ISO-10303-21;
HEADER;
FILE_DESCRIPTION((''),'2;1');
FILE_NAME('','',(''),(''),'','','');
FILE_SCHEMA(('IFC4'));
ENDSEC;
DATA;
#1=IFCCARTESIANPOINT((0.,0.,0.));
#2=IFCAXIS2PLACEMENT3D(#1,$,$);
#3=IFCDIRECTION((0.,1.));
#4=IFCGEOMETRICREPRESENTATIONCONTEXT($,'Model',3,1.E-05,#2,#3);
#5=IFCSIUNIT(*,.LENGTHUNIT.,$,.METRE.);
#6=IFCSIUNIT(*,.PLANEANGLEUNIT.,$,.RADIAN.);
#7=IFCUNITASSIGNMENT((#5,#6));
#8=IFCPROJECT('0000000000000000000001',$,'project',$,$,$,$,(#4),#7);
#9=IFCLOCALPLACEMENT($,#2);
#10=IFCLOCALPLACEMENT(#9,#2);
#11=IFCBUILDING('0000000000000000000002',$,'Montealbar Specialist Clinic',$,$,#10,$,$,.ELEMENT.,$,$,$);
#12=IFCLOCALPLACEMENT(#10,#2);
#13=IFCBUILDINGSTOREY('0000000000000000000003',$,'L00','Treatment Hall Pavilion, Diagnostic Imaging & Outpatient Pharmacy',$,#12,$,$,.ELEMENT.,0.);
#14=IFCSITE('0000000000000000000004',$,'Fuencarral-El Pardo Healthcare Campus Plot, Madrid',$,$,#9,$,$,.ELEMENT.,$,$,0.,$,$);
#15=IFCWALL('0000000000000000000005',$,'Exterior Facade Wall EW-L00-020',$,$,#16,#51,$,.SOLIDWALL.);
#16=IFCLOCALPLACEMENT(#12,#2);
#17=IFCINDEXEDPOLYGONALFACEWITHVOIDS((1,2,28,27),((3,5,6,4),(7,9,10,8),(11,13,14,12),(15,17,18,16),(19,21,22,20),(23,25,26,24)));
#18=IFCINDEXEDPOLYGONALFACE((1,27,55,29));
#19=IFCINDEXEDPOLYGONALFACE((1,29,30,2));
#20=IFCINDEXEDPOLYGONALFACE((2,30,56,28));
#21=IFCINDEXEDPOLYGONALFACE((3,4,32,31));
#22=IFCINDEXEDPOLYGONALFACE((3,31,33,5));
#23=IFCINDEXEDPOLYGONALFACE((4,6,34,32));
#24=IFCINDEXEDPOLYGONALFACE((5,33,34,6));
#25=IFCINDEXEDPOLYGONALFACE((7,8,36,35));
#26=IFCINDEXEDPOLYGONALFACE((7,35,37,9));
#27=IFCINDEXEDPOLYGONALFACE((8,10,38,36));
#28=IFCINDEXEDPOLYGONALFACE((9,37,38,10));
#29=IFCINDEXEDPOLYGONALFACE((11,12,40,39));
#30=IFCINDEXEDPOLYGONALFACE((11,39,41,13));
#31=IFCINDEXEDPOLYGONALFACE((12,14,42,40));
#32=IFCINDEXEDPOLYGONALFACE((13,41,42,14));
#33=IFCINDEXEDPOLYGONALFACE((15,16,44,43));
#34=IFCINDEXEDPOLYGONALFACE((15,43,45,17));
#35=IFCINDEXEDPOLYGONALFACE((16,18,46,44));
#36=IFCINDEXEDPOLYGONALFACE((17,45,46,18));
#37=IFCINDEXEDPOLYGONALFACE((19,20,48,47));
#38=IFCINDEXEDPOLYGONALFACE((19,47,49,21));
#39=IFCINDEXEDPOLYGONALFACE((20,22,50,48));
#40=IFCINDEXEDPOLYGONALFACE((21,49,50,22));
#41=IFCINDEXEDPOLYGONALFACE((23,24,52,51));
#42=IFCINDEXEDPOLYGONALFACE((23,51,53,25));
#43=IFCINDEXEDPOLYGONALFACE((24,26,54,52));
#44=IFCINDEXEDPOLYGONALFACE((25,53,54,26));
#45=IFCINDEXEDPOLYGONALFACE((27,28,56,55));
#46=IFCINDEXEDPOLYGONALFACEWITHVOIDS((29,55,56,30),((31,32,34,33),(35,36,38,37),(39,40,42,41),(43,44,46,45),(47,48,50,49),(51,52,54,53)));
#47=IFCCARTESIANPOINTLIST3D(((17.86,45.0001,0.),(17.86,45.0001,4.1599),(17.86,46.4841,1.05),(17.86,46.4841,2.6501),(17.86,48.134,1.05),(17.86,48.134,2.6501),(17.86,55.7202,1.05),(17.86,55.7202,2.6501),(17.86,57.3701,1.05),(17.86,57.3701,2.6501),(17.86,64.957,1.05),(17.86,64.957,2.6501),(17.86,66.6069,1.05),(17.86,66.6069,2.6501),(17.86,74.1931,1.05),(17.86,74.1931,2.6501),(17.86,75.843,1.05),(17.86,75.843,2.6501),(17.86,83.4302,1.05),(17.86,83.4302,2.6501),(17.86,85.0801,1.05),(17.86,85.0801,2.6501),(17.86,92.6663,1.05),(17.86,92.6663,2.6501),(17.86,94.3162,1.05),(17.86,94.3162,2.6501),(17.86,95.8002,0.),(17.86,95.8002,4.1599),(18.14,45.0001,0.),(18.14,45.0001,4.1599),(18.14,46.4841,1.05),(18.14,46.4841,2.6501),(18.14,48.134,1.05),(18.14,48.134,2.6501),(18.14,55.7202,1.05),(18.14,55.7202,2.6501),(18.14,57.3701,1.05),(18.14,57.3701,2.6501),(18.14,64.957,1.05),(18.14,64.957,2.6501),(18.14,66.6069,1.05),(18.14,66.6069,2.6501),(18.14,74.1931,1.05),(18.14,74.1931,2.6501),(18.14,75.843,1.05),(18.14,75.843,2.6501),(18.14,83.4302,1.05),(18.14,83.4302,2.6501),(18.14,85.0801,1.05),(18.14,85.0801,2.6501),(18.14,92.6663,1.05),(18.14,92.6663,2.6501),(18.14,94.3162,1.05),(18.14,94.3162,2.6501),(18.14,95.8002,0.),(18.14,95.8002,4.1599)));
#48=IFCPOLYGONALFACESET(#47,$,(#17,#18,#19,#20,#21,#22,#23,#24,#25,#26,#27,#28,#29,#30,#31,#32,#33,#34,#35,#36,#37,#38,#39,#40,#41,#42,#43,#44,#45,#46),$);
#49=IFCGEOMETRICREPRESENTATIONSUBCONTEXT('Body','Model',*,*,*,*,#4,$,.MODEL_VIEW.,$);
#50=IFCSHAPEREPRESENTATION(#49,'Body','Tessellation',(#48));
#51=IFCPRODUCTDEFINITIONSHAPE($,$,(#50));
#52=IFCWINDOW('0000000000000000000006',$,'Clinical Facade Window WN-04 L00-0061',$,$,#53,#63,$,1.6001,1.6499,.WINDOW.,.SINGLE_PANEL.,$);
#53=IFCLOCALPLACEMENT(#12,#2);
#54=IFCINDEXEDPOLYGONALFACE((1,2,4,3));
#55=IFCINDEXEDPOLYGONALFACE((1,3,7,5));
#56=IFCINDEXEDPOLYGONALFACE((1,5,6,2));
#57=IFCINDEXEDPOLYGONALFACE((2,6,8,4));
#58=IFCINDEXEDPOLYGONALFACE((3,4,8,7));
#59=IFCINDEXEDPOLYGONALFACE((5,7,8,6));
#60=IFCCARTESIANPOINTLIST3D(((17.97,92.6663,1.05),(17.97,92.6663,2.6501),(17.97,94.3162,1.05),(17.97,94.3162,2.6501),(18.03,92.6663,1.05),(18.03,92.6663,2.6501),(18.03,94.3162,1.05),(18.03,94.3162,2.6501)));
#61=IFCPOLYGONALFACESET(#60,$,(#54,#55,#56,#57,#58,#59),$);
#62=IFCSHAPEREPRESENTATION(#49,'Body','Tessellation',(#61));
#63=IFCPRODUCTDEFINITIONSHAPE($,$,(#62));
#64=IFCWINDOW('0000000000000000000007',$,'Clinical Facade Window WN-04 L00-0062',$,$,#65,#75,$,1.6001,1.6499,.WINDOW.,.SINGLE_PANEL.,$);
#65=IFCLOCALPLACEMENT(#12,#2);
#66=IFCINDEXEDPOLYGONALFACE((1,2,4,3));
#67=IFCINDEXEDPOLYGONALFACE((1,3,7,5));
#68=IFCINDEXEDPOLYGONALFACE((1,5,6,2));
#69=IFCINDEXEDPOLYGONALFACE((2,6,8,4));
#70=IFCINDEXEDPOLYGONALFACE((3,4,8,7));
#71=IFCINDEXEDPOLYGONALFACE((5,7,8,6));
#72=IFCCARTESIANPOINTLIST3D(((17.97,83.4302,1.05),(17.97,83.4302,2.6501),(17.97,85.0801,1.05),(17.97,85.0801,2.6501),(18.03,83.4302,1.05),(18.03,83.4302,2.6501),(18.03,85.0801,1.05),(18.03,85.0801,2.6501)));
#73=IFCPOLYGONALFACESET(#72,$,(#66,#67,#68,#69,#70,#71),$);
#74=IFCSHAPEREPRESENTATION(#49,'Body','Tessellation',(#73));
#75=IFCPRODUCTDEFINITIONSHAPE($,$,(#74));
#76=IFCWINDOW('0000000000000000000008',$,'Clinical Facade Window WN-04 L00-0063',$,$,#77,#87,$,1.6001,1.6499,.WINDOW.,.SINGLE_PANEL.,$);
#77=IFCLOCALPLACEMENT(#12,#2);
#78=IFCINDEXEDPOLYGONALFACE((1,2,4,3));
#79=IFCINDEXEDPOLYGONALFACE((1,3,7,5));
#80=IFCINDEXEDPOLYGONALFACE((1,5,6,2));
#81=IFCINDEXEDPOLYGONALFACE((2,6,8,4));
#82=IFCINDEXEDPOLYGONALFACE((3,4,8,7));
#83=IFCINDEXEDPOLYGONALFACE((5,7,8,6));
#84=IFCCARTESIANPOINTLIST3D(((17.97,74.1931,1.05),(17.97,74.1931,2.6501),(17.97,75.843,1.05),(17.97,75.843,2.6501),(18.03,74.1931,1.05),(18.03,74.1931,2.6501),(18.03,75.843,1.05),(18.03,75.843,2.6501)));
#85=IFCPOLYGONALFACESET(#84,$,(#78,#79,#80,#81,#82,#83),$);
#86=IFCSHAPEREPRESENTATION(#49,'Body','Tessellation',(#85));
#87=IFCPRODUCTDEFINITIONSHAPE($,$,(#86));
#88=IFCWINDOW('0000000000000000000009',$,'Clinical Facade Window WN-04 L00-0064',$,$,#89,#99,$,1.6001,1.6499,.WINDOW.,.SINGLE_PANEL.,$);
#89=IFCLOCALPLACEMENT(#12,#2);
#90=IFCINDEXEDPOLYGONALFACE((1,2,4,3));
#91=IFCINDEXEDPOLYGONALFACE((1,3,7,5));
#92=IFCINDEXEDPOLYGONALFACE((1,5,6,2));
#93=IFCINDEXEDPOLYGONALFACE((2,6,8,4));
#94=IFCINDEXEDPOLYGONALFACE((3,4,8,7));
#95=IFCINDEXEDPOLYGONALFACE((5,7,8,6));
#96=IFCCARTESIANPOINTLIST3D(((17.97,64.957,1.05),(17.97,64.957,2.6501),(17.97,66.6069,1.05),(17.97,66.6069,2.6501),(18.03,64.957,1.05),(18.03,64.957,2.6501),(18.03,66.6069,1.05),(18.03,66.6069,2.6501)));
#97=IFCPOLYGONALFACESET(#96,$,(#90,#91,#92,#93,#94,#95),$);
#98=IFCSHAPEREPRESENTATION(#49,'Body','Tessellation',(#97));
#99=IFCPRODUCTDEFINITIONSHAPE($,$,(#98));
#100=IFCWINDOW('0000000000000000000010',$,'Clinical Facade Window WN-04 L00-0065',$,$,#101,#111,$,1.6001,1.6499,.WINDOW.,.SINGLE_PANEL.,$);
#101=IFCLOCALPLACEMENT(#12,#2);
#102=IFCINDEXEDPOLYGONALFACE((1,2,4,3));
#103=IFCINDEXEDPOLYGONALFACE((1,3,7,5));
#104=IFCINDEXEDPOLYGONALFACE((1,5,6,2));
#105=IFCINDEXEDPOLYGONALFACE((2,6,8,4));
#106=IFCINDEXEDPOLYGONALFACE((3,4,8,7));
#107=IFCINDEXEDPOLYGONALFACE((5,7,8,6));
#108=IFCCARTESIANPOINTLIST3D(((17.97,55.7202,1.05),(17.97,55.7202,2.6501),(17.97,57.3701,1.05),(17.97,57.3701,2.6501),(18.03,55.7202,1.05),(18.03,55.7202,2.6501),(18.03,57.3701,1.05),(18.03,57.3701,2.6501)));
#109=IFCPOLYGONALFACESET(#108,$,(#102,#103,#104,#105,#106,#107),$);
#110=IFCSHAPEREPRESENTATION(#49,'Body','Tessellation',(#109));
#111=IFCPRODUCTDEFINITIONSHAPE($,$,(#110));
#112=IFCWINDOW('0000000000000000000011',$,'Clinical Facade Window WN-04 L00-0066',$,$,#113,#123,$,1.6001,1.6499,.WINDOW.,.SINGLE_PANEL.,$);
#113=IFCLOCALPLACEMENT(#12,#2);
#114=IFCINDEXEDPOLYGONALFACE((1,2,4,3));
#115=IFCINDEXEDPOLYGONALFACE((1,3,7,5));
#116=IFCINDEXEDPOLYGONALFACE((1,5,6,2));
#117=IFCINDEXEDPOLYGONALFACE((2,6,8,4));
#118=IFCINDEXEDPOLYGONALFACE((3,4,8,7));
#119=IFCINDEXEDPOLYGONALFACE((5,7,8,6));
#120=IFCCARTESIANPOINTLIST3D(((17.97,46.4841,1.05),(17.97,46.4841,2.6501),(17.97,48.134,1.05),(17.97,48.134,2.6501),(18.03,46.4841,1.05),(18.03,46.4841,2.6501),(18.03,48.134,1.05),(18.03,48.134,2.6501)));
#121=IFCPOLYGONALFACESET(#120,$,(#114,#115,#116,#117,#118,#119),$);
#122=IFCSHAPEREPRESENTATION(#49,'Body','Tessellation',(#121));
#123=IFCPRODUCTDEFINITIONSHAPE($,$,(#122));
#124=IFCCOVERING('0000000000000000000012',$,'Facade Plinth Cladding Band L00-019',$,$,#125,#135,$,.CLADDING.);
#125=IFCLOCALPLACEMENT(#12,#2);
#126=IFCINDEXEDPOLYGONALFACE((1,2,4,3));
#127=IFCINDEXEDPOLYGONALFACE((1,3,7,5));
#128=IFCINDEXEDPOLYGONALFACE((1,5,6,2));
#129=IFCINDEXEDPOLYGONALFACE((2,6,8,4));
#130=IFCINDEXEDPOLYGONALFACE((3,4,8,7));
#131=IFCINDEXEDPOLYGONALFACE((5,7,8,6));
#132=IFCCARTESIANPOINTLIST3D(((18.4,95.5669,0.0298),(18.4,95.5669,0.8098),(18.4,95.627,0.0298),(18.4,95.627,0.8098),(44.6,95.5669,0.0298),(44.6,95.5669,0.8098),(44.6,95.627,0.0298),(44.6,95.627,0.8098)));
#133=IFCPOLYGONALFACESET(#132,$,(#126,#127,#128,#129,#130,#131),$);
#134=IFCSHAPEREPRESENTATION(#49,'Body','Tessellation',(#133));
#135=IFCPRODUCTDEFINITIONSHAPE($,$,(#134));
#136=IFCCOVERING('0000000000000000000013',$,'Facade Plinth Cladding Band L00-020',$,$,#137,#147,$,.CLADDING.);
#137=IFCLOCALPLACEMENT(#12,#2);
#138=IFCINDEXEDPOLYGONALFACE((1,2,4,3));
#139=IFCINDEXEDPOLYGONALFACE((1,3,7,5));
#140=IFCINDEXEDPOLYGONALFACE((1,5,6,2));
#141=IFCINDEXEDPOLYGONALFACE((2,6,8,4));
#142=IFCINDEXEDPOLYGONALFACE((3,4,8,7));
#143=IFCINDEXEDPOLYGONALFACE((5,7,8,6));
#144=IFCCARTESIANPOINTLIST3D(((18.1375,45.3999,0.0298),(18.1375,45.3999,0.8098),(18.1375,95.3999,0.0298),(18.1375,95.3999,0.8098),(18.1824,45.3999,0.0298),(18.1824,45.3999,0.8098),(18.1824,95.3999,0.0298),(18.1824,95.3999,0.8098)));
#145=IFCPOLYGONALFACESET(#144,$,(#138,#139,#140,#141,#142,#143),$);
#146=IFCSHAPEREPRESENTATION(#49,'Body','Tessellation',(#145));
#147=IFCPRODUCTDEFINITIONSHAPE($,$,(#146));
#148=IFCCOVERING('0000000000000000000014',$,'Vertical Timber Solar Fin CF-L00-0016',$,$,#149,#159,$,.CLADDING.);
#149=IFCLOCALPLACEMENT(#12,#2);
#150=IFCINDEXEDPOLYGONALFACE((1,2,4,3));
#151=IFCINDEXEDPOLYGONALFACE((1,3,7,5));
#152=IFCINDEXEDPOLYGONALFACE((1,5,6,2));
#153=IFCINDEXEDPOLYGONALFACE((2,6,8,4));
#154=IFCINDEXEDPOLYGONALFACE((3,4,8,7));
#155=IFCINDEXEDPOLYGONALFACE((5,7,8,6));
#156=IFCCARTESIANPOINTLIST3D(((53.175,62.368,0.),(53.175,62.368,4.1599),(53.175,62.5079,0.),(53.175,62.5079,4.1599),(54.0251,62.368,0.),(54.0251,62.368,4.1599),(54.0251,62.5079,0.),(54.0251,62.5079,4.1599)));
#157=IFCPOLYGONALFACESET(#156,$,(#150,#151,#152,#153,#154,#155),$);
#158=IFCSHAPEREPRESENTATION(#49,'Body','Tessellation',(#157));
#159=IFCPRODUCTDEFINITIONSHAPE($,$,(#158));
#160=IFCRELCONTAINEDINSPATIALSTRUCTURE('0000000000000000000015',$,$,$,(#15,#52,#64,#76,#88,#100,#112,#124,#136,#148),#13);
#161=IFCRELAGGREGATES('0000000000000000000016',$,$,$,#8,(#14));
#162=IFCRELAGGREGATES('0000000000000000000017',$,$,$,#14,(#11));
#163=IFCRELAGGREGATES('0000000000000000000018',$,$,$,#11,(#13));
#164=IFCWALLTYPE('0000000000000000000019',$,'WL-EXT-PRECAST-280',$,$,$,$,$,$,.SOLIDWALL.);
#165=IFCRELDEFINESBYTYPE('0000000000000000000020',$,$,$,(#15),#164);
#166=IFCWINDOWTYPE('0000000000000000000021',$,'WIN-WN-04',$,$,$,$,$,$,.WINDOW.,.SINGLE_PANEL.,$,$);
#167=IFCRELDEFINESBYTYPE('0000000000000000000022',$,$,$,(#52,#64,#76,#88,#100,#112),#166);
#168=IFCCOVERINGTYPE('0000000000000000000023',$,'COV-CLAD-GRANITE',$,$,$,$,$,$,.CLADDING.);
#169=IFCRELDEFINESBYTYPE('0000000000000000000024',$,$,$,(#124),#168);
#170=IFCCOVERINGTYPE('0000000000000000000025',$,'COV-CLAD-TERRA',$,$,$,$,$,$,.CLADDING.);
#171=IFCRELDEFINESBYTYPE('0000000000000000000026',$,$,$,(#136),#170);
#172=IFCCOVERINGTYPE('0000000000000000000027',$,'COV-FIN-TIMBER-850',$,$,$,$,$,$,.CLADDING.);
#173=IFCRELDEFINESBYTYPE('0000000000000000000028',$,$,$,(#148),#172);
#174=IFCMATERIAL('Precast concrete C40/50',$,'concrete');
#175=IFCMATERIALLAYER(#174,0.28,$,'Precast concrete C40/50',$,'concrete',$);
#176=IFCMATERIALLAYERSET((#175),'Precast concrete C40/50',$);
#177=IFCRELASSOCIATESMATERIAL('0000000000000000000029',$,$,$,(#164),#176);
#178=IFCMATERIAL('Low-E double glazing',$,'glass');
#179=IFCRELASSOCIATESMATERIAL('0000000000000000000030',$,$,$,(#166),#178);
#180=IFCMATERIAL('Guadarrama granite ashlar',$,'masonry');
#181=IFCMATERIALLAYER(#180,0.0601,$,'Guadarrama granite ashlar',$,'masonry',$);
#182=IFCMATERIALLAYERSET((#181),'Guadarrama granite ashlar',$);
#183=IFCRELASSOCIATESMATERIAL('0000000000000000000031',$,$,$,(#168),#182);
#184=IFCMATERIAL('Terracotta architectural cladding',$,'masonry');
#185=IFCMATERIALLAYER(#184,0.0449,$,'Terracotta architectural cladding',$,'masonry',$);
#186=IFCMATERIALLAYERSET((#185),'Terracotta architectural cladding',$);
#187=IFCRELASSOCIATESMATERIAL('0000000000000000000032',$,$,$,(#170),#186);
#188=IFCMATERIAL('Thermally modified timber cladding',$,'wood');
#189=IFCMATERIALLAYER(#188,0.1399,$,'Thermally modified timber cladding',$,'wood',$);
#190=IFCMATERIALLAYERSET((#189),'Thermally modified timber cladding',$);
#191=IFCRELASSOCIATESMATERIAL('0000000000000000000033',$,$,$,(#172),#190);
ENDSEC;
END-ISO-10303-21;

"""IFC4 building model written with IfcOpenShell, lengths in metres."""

from ifc_helpers import new_model, si_unit, direction, frame, frame_2d, origin, origin_2d, place, context, subcontext, project, spatial, rectangle, extrude, material, layer, layer_set, type_object, element, fill, save


model = new_model("IFC4")

# Units and contexts
model_context = context("Model", 3, precision=1e-05, world=origin(), true_north=direction((0.0, 1.0)))
body_context = subcontext(model_context, "Body", "Model", "MODEL_VIEW")
ifc_project = project(units=[si_unit("LENGTHUNIT", "METRE"), si_unit("PLANEANGLEUNIT", "RADIAN")], contexts=[model_context])

# Site, building, storey
site_placement = place(None, origin())
site = spatial("IfcSite", under=ifc_project, at=site_placement, Name="Fuencarral-El Pardo Healthcare Campus Plot, Madrid", CompositionType="ELEMENT", RefElevation=0.0)
building_placement = place(site_placement, origin())
building = spatial("IfcBuilding", under=site, at=building_placement, Name="Montealbar Specialist Clinic", CompositionType="ELEMENT")
storey_placement = place(building_placement, origin())
storey = spatial("IfcBuildingStorey", under=building, at=storey_placement, Name="L00", Description="Treatment Hall Pavilion, Diagnostic Imaging & Outpatient Pharmacy", CompositionType="ELEMENT", Elevation=0.0)

# Wall, openings, windows
ifc_material_1 = material(Name="Precast concrete C40/50", Category="concrete")
ifc_layer_1 = layer(ifc_material_1, 0.28, Name="Precast concrete C40/50", Category="concrete")
ifc_layer_set_1 = layer_set([ifc_layer_1], Name="Precast concrete C40/50")
wall_type = type_object("IfcWallType", Name="WL-EXT-PRECAST-280", PredefinedType="SOLIDWALL", material=ifc_layer_set_1)
wall_placement = place(storey_placement, frame((18.0, 95.8, 0.0), z_axis=(0.0, 0.0, 1.0), x_axis=(0.0, -1.0, 0.0)))
wall = element("IfcWall", 1, at=wall_placement, inside=storey, type_object=wall_type, Name="Exterior Facade Wall EW-L00-020", PredefinedType="SOLIDWALL", context=body_context, shape_type="SweptSolid", body=[
    extrude(rectangle(XDim=50.8, YDim=0.28, at=frame_2d((25.3999, 0.0))), origin(), (0.0, 0.0, 1.0), 4.1599),
])
opening_1_placement = place(wall_placement, frame((1.4839, 0.0, 1.05)))
opening_1 = element("IfcOpeningElement", 2, at=opening_1_placement, cuts=wall, PredefinedType="OPENING", context=body_context, shape_type="SweptSolid", body=[
    extrude(rectangle(XDim=1.6499, YDim=1.6001, at=frame_2d((0.825, 0.8))), frame((0.0, 0.1499, 0.0), z_axis=(0.0, -1.0, 0.0), x_axis=(1.0, 0.0, 0.0)), (0.0, 0.0, 1.0), 0.3),
])
opening_2_placement = place(wall_placement, frame((10.72, 0.0, 1.05)))
opening_2 = element("IfcOpeningElement", 3, at=opening_2_placement, cuts=wall, PredefinedType="OPENING", context=body_context, shape_type="SweptSolid", body=[
    extrude(rectangle(XDim=1.6499, YDim=1.6001, at=frame_2d((0.825, 0.8))), frame((0.0, 0.1499, 0.0), z_axis=(0.0, -1.0, 0.0), x_axis=(1.0, 0.0, 0.0)), (0.0, 0.0, 1.0), 0.3),
])
opening_3_placement = place(wall_placement, frame((19.957, 0.0, 1.05)))
opening_3 = element("IfcOpeningElement", 4, at=opening_3_placement, cuts=wall, PredefinedType="OPENING", context=body_context, shape_type="SweptSolid", body=[
    extrude(rectangle(XDim=1.6499, YDim=1.6001, at=frame_2d((0.825, 0.8))), frame((0.0, 0.1499, 0.0), z_axis=(0.0, -1.0, 0.0), x_axis=(1.0, 0.0, 0.0)), (0.0, 0.0, 1.0), 0.3),
])
opening_4_placement = place(wall_placement, frame((29.1931, 0.0, 1.05)))
opening_4 = element("IfcOpeningElement", 5, at=opening_4_placement, cuts=wall, PredefinedType="OPENING", context=body_context, shape_type="SweptSolid", body=[
    extrude(rectangle(XDim=1.6499, YDim=1.6001, at=frame_2d((0.825, 0.8))), frame((0.0, 0.1499, 0.0), z_axis=(0.0, -1.0, 0.0), x_axis=(1.0, 0.0, 0.0)), (0.0, 0.0, 1.0), 0.3),
])
opening_5_placement = place(wall_placement, frame((38.4299, 0.0, 1.05)))
opening_5 = element("IfcOpeningElement", 6, at=opening_5_placement, cuts=wall, PredefinedType="OPENING", context=body_context, shape_type="SweptSolid", body=[
    extrude(rectangle(XDim=1.6499, YDim=1.6001, at=frame_2d((0.825, 0.8))), frame((0.0, 0.1499, 0.0), z_axis=(0.0, -1.0, 0.0), x_axis=(1.0, 0.0, 0.0)), (0.0, 0.0, 1.0), 0.3),
])
opening_6_placement = place(wall_placement, frame((47.666, 0.0, 1.05)))
opening_6 = element("IfcOpeningElement", 7, at=opening_6_placement, cuts=wall, PredefinedType="OPENING", context=body_context, shape_type="SweptSolid", body=[
    extrude(rectangle(XDim=1.6499, YDim=1.6001, at=frame_2d((0.825, 0.8))), frame((0.0, 0.1499, 0.0), z_axis=(0.0, -1.0, 0.0), x_axis=(1.0, 0.0, 0.0)), (0.0, 0.0, 1.0), 0.3),
])
ifc_material_2 = material(Name="Low-E double glazing", Category="glass")
window_type = type_object("IfcWindowType", Name="WIN-WN-04", PartitioningType="SINGLE_PANEL", PredefinedType="WINDOW", material=ifc_material_2)
window_1_placement = place(opening_1_placement, origin())
window_1 = element("IfcWindow", 8, at=window_1_placement, inside=storey, type_object=window_type, Name="Clinical Facade Window WN-04 L00-0061", OverallHeight=1.6001, OverallWidth=1.6499, PartitioningType="SINGLE_PANEL", PredefinedType="WINDOW", context=body_context, shape_type="SweptSolid", body=[
    extrude(rectangle(XDim=1.6499, YDim=1.6001, at=frame_2d((0.825, 0.8))), frame((0.0, 0.03, 0.0), z_axis=(0.0, -1.0, 0.0), x_axis=(1.0, 0.0, 0.0)), (0.0, 0.0, 1.0), 0.0601),
])
fill(opening_1, window_1)
window_2_placement = place(opening_2_placement, origin())
window_2 = element("IfcWindow", 9, at=window_2_placement, inside=storey, type_object=window_type, Name="Clinical Facade Window WN-04 L00-0062", OverallHeight=1.6001, OverallWidth=1.6499, PartitioningType="SINGLE_PANEL", PredefinedType="WINDOW", context=body_context, shape_type="SweptSolid", body=[
    extrude(rectangle(XDim=1.6499, YDim=1.6001, at=frame_2d((0.825, 0.8))), frame((0.0, 0.03, 0.0), z_axis=(0.0, -1.0, 0.0), x_axis=(1.0, 0.0, 0.0)), (0.0, 0.0, 1.0), 0.0601),
])
fill(opening_2, window_2)
window_3_placement = place(opening_3_placement, origin())
window_3 = element("IfcWindow", 10, at=window_3_placement, inside=storey, type_object=window_type, Name="Clinical Facade Window WN-04 L00-0063", OverallHeight=1.6001, OverallWidth=1.6499, PartitioningType="SINGLE_PANEL", PredefinedType="WINDOW", context=body_context, shape_type="SweptSolid", body=[
    extrude(rectangle(XDim=1.6499, YDim=1.6001, at=frame_2d((0.825, 0.8))), frame((0.0, 0.03, 0.0), z_axis=(0.0, -1.0, 0.0), x_axis=(1.0, 0.0, 0.0)), (0.0, 0.0, 1.0), 0.0601),
])
fill(opening_3, window_3)
window_4_placement = place(opening_4_placement, origin())
window_4 = element("IfcWindow", 11, at=window_4_placement, inside=storey, type_object=window_type, Name="Clinical Facade Window WN-04 L00-0064", OverallHeight=1.6001, OverallWidth=1.6499, PartitioningType="SINGLE_PANEL", PredefinedType="WINDOW", context=body_context, shape_type="SweptSolid", body=[
    extrude(rectangle(XDim=1.6499, YDim=1.6001, at=frame_2d((0.825, 0.8))), frame((0.0, 0.03, 0.0), z_axis=(0.0, -1.0, 0.0), x_axis=(1.0, 0.0, 0.0)), (0.0, 0.0, 1.0), 0.0601),
])
fill(opening_4, window_4)
window_5_placement = place(opening_5_placement, origin())
window_5 = element("IfcWindow", 12, at=window_5_placement, inside=storey, type_object=window_type, Name="Clinical Facade Window WN-04 L00-0065", OverallHeight=1.6001, OverallWidth=1.6499, PartitioningType="SINGLE_PANEL", PredefinedType="WINDOW", context=body_context, shape_type="SweptSolid", body=[
    extrude(rectangle(XDim=1.6499, YDim=1.6001, at=frame_2d((0.825, 0.8))), frame((0.0, 0.03, 0.0), z_axis=(0.0, -1.0, 0.0), x_axis=(1.0, 0.0, 0.0)), (0.0, 0.0, 1.0), 0.0601),
])
fill(opening_5, window_5)
window_6_placement = place(opening_6_placement, origin())
window_6 = element("IfcWindow", 13, at=window_6_placement, inside=storey, type_object=window_type, Name="Clinical Facade Window WN-04 L00-0066", OverallHeight=1.6001, OverallWidth=1.6499, PartitioningType="SINGLE_PANEL", PredefinedType="WINDOW", context=body_context, shape_type="SweptSolid", body=[
    extrude(rectangle(XDim=1.6499, YDim=1.6001, at=frame_2d((0.825, 0.8))), frame((0.0, 0.03, 0.0), z_axis=(0.0, -1.0, 0.0), x_axis=(1.0, 0.0, 0.0)), (0.0, 0.0, 1.0), 0.0601),
])
fill(opening_6, window_6)

# Coverings
ifc_material_3 = material(Name="Guadarrama granite ashlar", Category="masonry")
ifc_layer_2 = layer(ifc_material_3, 0.0601, Name="Guadarrama granite ashlar", Category="masonry")
ifc_layer_set_2 = layer_set([ifc_layer_2], Name="Guadarrama granite ashlar")
covering_type_1 = type_object("IfcCoveringType", Name="COV-CLAD-GRANITE", PredefinedType="CLADDING", material=ifc_layer_set_2)
covering_1_placement = place(storey_placement, frame((31.5, 95.5969, 0.0298), z_axis=(0.0, 0.0, 1.0), x_axis=(-1.0, 0.0, 0.0)))
element("IfcCovering", 14, at=covering_1_placement, inside=storey, type_object=covering_type_1, Name="Facade Plinth Cladding Band L00-019", PredefinedType="CLADDING", context=body_context, shape_type="SweptSolid", body=[
    extrude(rectangle(XDim=26.2, YDim=0.0601, at=origin_2d()), origin(), (0.0, 0.0, 1.0), 0.78),
])
ifc_material_4 = material(Name="Terracotta architectural cladding", Category="masonry")
ifc_layer_3 = layer(ifc_material_4, 0.0449, Name="Terracotta architectural cladding", Category="masonry")
ifc_layer_set_3 = layer_set([ifc_layer_3], Name="Terracotta architectural cladding")
covering_type_2 = type_object("IfcCoveringType", Name="COV-CLAD-TERRA", PredefinedType="CLADDING", material=ifc_layer_set_3)
covering_2_placement = place(storey_placement, frame((18.1599, 70.3999, 0.0298), z_axis=(0.0, 0.0, 1.0), x_axis=(0.0, -1.0, 0.0)))
element("IfcCovering", 15, at=covering_2_placement, inside=storey, type_object=covering_type_2, Name="Facade Plinth Cladding Band L00-020", PredefinedType="CLADDING", context=body_context, shape_type="SweptSolid", body=[
    extrude(rectangle(XDim=50.0, YDim=0.0449, at=origin_2d()), origin(), (0.0, 0.0, 1.0), 0.78),
])
ifc_material_5 = material(Name="Thermally modified timber cladding", Category="wood")
ifc_layer_4 = layer(ifc_material_5, 0.1399, Name="Thermally modified timber cladding", Category="wood")
ifc_layer_set_4 = layer_set([ifc_layer_4], Name="Thermally modified timber cladding")
covering_type_3 = type_object("IfcCoveringType", Name="COV-FIN-TIMBER-850", PredefinedType="CLADDING", material=ifc_layer_set_4)
for number, where, z_axis, x_axis, name in (
    (16, (53.6001, 62.438, 0.0), (0.0, 0.0, 1.0), (-1.0, 0.0, 0.0), "Vertical Timber Solar Fin CF-L00-0016"),
):
    element("IfcCovering", number, at=place(storey_placement, frame(where, z_axis=z_axis, x_axis=x_axis)), inside=storey, type_object=covering_type_3, Name=name, PredefinedType="CLADDING", context=body_context, shape_type="SweptSolid", body=[
        extrude(rectangle(XDim=0.8501, YDim=0.1399, at=origin_2d()), origin(), (0.0, 0.0, 1.0), 4.1599),
    ])

save(model, "model.ifc")
